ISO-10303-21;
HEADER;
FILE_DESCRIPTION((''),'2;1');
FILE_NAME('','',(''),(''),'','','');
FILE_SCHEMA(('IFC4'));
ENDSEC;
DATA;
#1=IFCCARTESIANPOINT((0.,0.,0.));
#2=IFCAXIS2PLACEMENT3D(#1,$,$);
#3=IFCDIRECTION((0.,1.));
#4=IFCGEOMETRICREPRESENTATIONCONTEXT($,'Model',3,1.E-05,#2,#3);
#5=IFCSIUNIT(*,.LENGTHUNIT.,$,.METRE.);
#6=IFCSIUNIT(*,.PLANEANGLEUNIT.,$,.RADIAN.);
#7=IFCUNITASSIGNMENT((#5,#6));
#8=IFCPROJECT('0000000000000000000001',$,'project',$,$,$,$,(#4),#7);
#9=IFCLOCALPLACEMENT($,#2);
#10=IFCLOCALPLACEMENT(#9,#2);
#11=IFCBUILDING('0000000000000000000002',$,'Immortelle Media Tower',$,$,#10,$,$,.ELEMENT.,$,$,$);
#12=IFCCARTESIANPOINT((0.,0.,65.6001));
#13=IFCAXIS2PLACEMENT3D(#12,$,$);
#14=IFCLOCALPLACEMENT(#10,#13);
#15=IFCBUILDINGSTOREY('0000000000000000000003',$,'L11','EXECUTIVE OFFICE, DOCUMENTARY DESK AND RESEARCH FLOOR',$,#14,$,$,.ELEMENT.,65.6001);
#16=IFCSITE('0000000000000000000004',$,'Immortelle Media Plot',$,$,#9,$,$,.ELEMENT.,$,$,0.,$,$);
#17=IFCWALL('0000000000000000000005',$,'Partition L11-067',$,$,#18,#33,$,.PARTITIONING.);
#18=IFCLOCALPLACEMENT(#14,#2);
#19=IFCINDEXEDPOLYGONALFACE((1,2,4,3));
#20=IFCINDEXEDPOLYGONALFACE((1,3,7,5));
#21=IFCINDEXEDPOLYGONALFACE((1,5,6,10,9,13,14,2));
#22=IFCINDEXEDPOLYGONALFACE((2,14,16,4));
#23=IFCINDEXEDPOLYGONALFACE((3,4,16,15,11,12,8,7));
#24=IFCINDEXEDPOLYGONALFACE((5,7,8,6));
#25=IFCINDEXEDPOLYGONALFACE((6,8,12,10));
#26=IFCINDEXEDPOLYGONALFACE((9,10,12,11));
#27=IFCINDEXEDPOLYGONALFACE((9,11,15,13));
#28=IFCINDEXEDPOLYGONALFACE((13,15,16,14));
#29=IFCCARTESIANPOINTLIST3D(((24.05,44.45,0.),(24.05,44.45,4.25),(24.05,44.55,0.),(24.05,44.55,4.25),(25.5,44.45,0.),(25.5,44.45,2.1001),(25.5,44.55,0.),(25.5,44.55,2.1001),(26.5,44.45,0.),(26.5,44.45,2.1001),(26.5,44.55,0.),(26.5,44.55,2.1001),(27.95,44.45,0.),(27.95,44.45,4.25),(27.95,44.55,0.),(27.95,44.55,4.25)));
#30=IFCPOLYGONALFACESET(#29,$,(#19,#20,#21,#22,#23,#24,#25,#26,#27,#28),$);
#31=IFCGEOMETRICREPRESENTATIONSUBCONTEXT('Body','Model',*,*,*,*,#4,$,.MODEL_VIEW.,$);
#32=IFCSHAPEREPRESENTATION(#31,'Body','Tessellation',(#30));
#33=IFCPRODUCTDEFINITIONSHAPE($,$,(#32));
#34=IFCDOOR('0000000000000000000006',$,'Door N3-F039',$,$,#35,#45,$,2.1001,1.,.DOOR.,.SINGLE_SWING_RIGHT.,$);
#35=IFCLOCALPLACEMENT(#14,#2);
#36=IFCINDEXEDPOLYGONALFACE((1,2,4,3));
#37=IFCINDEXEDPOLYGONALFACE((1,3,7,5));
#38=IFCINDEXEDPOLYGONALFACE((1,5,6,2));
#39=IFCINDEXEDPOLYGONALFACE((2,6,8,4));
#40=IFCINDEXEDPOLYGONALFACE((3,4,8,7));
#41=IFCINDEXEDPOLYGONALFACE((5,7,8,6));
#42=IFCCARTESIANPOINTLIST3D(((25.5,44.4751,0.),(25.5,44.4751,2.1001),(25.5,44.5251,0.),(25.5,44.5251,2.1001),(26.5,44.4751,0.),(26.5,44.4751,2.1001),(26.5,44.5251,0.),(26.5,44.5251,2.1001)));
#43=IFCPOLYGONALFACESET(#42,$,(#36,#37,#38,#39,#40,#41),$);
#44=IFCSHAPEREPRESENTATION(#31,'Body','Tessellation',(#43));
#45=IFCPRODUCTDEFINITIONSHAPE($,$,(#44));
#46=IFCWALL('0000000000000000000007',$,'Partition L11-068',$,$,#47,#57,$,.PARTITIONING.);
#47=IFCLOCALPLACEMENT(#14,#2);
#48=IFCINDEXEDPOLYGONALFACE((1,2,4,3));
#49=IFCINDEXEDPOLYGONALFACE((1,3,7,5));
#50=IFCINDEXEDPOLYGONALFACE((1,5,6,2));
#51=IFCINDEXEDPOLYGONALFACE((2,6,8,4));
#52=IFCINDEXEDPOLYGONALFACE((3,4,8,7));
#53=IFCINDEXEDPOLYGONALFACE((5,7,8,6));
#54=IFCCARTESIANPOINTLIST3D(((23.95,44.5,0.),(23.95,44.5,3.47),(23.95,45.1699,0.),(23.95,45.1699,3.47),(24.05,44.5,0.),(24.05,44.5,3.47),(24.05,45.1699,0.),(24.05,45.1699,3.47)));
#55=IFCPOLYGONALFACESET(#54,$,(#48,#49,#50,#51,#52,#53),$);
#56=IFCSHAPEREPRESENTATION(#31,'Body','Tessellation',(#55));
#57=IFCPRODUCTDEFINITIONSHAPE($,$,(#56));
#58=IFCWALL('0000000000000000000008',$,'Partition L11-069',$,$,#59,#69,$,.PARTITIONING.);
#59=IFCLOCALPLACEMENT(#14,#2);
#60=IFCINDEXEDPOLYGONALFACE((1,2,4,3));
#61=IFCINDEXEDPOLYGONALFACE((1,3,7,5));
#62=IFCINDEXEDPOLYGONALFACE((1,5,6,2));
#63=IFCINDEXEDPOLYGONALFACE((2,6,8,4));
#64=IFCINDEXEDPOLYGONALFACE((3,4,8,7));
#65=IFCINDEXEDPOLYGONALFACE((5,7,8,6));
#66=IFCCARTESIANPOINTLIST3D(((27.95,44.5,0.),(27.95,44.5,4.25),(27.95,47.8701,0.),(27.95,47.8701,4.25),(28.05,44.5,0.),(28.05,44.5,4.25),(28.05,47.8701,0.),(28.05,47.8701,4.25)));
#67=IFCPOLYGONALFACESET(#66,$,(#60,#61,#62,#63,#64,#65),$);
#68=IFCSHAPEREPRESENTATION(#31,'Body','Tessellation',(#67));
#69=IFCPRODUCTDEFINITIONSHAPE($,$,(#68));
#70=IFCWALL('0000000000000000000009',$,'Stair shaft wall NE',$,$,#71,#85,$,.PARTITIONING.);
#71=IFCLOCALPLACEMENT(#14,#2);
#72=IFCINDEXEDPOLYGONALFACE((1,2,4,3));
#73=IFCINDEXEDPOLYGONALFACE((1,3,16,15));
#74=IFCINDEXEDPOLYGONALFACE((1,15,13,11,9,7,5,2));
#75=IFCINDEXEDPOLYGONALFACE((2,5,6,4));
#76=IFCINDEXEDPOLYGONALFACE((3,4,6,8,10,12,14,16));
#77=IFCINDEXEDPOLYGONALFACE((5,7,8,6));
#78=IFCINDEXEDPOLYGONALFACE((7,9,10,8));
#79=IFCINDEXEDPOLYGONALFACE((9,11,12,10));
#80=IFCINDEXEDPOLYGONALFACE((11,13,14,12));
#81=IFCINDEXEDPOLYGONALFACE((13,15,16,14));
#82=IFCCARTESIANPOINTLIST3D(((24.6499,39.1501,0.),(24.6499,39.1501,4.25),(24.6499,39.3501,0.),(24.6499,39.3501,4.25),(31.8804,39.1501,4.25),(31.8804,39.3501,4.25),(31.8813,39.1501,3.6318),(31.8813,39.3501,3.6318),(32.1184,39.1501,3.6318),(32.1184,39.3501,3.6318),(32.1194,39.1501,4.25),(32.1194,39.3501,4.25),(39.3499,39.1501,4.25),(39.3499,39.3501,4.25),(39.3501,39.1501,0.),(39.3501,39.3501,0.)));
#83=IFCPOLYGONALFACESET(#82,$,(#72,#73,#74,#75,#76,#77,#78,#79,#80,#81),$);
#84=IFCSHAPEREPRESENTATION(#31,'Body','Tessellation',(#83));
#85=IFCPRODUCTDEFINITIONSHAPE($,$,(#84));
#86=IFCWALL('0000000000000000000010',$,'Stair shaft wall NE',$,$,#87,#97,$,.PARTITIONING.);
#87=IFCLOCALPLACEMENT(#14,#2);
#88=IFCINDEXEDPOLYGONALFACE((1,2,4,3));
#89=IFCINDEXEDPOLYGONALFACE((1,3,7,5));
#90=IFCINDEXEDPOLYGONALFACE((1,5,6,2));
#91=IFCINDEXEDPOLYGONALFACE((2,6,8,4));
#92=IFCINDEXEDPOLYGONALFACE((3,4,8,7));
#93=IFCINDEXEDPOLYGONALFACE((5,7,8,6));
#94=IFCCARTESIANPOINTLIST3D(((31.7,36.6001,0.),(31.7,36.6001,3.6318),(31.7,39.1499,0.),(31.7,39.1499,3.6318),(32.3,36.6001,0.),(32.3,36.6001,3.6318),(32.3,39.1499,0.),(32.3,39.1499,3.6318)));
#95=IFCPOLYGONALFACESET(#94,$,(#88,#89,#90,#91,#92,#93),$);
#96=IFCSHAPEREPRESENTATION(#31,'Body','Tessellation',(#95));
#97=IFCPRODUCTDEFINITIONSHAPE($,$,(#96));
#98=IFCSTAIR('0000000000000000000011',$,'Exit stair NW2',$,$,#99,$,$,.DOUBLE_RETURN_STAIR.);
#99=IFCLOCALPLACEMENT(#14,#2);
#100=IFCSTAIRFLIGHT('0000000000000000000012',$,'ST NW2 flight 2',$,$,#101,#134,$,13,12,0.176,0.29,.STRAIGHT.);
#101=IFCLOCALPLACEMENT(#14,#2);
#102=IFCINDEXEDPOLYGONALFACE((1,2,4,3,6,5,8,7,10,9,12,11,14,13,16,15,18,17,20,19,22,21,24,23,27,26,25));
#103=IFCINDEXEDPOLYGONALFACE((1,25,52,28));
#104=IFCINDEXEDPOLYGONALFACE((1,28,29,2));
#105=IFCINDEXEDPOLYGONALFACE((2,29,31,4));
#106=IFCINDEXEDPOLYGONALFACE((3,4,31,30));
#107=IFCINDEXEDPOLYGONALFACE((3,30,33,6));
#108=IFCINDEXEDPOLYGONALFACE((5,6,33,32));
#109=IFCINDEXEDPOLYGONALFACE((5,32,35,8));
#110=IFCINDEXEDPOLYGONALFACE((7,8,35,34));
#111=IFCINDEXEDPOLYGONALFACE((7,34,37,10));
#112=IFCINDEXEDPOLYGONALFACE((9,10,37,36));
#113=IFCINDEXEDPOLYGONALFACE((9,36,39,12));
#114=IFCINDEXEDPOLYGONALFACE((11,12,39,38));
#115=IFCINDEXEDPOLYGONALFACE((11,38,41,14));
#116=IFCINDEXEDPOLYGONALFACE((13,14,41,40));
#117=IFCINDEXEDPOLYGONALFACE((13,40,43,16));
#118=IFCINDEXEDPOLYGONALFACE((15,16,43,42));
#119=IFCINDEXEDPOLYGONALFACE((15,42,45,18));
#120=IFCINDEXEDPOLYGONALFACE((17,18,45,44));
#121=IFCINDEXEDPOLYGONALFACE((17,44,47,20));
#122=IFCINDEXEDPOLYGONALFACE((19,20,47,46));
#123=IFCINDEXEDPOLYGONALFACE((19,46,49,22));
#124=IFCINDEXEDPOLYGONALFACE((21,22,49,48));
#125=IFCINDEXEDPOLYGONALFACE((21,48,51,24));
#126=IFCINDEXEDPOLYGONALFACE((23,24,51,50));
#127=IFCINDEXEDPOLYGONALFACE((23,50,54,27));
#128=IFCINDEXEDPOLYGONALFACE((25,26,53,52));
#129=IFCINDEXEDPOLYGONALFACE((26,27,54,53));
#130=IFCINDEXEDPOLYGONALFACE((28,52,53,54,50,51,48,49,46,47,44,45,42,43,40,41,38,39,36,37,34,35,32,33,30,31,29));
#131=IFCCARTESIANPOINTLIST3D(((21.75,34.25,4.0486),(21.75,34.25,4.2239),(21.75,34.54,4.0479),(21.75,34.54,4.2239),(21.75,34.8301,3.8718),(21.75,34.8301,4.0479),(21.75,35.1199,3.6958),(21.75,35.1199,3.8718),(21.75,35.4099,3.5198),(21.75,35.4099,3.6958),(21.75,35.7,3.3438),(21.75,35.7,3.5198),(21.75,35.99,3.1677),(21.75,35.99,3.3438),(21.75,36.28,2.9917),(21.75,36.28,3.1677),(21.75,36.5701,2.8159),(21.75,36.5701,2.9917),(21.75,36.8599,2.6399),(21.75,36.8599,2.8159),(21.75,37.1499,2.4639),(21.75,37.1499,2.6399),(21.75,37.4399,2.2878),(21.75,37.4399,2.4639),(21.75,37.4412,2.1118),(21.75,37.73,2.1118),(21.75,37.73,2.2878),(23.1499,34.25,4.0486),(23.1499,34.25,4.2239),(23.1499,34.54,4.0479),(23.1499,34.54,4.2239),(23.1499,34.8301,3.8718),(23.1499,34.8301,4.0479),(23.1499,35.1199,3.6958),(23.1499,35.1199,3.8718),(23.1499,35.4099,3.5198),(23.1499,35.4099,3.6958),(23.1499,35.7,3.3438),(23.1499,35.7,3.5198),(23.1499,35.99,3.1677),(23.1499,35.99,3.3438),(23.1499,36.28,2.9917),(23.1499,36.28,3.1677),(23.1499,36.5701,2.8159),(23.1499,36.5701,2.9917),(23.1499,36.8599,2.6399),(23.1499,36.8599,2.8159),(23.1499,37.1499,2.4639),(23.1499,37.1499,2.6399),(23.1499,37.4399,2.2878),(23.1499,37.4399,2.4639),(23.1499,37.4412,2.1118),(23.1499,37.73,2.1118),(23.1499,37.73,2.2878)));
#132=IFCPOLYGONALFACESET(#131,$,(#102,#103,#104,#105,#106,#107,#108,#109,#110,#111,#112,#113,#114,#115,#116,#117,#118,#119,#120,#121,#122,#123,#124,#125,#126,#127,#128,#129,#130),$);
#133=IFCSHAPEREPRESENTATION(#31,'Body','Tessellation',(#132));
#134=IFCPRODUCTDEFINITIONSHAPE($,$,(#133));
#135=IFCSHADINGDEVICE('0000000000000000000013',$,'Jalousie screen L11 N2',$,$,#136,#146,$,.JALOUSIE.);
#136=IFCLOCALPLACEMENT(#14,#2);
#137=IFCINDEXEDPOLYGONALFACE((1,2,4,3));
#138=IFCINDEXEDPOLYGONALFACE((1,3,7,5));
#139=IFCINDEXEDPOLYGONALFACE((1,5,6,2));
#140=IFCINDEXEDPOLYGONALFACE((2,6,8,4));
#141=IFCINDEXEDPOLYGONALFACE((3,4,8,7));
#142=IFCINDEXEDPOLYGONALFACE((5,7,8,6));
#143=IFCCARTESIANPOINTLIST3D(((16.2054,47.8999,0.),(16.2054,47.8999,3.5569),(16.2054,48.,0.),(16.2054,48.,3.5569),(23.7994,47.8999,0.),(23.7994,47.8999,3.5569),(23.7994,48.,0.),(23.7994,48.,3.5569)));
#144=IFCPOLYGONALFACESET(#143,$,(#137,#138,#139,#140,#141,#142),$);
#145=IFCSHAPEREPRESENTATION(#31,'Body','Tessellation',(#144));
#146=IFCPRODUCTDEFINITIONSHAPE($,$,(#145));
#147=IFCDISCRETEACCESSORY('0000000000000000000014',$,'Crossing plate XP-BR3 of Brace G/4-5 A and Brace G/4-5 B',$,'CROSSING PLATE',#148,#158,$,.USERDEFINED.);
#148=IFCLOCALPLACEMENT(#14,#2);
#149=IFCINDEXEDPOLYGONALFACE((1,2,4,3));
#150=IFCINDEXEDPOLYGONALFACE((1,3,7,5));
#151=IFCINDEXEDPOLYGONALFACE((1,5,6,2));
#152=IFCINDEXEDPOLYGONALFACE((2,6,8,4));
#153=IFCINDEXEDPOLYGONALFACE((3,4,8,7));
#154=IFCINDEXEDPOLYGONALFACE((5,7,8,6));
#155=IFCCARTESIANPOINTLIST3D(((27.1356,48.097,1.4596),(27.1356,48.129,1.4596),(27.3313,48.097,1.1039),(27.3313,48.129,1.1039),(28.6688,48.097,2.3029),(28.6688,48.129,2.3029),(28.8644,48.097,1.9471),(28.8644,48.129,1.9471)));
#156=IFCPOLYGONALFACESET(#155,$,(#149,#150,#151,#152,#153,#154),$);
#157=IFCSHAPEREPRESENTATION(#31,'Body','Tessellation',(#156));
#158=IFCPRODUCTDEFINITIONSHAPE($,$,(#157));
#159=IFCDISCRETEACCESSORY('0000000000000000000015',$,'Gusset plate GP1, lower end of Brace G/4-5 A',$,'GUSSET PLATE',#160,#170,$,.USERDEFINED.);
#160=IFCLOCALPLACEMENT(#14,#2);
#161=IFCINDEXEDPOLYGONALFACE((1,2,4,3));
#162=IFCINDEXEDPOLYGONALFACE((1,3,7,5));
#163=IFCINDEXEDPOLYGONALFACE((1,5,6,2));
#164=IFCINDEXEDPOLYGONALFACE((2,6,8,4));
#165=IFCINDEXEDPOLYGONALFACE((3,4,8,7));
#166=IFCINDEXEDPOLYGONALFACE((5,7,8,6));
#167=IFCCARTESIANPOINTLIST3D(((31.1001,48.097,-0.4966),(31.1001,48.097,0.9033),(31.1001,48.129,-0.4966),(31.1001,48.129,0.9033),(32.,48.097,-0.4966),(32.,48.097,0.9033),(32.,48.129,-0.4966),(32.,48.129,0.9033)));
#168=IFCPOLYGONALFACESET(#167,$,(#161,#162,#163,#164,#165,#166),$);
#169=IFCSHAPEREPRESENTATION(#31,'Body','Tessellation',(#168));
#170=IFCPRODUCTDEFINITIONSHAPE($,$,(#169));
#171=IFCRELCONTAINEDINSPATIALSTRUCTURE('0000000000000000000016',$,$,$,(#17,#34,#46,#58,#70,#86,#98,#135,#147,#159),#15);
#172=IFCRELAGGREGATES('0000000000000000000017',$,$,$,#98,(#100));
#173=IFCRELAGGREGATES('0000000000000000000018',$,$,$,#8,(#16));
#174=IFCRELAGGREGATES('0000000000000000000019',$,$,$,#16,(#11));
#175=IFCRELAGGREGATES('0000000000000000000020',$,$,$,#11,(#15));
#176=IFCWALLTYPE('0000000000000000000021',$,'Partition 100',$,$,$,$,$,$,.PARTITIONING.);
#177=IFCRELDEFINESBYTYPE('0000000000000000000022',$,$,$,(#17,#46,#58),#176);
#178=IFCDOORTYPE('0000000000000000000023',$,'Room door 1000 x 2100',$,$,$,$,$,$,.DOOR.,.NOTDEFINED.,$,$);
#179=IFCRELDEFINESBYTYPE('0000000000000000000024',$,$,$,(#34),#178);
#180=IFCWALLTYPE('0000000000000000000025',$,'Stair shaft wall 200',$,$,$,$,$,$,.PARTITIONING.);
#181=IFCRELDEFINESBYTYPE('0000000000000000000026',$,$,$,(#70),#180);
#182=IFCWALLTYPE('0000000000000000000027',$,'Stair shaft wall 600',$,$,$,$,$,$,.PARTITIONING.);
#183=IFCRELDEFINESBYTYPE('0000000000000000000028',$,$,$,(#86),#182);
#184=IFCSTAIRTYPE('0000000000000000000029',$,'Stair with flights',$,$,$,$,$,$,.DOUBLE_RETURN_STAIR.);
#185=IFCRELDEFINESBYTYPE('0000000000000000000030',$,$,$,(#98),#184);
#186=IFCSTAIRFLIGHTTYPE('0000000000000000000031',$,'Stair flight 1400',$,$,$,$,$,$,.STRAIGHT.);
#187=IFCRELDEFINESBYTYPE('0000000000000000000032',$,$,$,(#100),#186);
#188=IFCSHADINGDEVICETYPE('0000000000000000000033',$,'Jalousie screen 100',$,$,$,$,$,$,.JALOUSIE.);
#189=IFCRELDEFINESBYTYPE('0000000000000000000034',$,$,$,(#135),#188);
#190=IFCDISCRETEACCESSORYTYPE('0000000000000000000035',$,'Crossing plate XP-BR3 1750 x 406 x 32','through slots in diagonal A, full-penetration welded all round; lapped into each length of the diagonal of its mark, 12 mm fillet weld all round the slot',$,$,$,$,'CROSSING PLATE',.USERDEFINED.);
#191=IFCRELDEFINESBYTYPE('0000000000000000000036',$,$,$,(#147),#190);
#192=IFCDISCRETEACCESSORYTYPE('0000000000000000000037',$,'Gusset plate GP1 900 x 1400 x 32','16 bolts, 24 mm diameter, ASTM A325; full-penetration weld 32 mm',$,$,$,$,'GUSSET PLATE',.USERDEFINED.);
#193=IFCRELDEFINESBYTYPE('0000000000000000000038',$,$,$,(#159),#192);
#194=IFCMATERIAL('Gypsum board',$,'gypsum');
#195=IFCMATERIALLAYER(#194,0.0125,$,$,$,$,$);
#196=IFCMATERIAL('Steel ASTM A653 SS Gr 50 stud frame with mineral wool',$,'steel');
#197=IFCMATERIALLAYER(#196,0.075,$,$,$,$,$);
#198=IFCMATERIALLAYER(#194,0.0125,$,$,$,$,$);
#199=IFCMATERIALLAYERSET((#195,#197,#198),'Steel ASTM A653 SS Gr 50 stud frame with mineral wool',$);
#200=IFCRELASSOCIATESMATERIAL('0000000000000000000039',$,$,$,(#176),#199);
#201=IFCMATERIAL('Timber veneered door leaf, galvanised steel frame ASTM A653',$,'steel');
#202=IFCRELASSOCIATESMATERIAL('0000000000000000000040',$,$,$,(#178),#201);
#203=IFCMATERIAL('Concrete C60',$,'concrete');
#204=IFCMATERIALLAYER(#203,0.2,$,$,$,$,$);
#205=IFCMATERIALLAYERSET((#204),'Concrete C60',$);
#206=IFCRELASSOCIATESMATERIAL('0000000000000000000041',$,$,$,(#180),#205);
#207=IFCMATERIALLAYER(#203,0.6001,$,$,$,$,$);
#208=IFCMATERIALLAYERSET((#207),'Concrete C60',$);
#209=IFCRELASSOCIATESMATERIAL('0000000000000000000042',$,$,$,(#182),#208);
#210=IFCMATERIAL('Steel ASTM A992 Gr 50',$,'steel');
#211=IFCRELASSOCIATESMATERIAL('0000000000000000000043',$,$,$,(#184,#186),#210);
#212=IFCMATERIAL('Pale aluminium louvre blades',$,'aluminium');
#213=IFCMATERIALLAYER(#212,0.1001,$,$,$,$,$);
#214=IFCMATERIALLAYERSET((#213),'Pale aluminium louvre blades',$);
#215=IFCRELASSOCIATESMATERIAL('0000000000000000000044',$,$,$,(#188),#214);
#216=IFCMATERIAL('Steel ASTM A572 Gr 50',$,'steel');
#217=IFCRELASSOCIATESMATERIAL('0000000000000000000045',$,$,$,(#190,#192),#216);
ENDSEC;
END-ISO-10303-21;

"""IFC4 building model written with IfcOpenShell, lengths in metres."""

from ifc_helpers import new_model, si_unit, direction, frame, frame_2d, origin, origin_2d, place, context, subcontext, project, spatial, polyline, rectangle, outline, extrude, material, layer, layer_set, material_profile, profile_set, type_object, element, fill, aggregate, save


model = new_model("IFC4")

# Units and contexts
model_context = context("Model", 3, precision=1e-05, world=origin(), true_north=direction((0.0, 1.0)))
body_context = subcontext(model_context, "Body", "Model", "MODEL_VIEW")
ifc_project = project(units=[si_unit("LENGTHUNIT", "METRE"), si_unit("PLANEANGLEUNIT", "RADIAN")], contexts=[model_context])

# Site, building, storey
site_placement = place(None, origin())
site = spatial("IfcSite", under=ifc_project, at=site_placement, Name="Immortelle Media Plot", CompositionType="ELEMENT", RefElevation=0.0)
building_placement = place(site_placement, origin())
building = spatial("IfcBuilding", under=site, at=building_placement, Name="Immortelle Media Tower", CompositionType="ELEMENT")
storey_placement = place(building_placement, frame((0.0, 0.0, 65.6001)))
storey = spatial("IfcBuildingStorey", under=building, at=storey_placement, Name="L11", Description="EXECUTIVE OFFICE, DOCUMENTARY DESK AND RESEARCH FLOOR", CompositionType="ELEMENT", Elevation=65.6001)

# Shared definitions
ifc_material_1 = material(Name="Steel ASTM A992 Gr 50", Category="steel")

# Shared definitions
ifc_material_2 = material(Name="Steel ASTM A653 SS Gr 50 stud frame with mineral wool", Category="steel")

# Shared definitions
ifc_material_3 = material(Name="Gypsum board", Category="gypsum")
ifc_layer_1 = layer(ifc_material_3, 0.0125)
ifc_layer_2 = layer(ifc_material_2, 0.075)
ifc_layer_3 = layer(ifc_material_3, 0.0125)
ifc_layer_set_1 = layer_set([ifc_layer_1, ifc_layer_2, ifc_layer_3], Name="Steel ASTM A653 SS Gr 50 stud frame with mineral wool")
wall_type_1 = type_object("IfcWallType", Name="Partition 100", PredefinedType="PARTITIONING", material=ifc_layer_set_1)

# Wall, opening, door
wall_1_placement = place(storey_placement, frame((24.05, 44.5, 0.0), z_axis=(0.0, 0.0, 1.0), x_axis=(1.0, 0.0, 0.0)))
wall_1 = element("IfcWall", 1, at=wall_1_placement, inside=storey, type_object=wall_type_1, Name="Partition L11-067", PredefinedType="PARTITIONING", context=body_context, shape_type="SweptSolid", body=[
    extrude(rectangle(XDim=3.8999, YDim=0.1001, at=frame_2d((1.95, 0.0))), origin(), (0.0, 0.0, 1.0), 4.25),
])
opening_1_placement = place(wall_1_placement, frame((2.45, 0.0, 0.0), z_axis=(0.0, 0.0, 1.0), x_axis=(-1.0, 0.0, 0.0)))
opening_1 = element("IfcOpeningElement", 2, at=opening_1_placement, cuts=wall_1, PredefinedType="OPENING", context=body_context, shape_type="SweptSolid", body=[
    extrude(rectangle(XDim=1.0, YDim=2.1001, at=frame_2d((0.5, 1.05))), frame((0.0, 0.0601, 0.0), z_axis=(0.0, -1.0, 0.0), x_axis=(1.0, 0.0, 0.0)), (0.0, 0.0, 1.0), 0.1201),
])
ifc_material_4 = material(Name="Timber veneered door leaf, galvanised steel frame ASTM A653", Category="steel")
door_type_1 = type_object("IfcDoorType", Name="Room door 1000 x 2100", OperationType="NOTDEFINED", PredefinedType="DOOR", material=ifc_material_4)
door_1_placement = place(opening_1_placement, origin())
door_1 = element("IfcDoor", 3, at=door_1_placement, inside=storey, type_object=door_type_1, Name="Door N3-F039", OperationType="SINGLE_SWING_RIGHT", OverallHeight=2.1001, OverallWidth=1.0, PredefinedType="DOOR", context=body_context, shape_type="SweptSolid", body=[
    extrude(rectangle(XDim=1.0, YDim=2.1001, at=frame_2d((0.5, 1.05))), frame((0.0, 0.0249, 0.0), z_axis=(0.0, -1.0, 0.0), x_axis=(1.0, 0.0, 0.0)), (0.0, 0.0, 1.0), 0.05),
])
fill(opening_1, door_1)

# Walls
wall_2_placement = place(storey_placement, frame((24.0, 44.5, 0.0), z_axis=(0.0, 0.0, 1.0), x_axis=(0.0, 1.0, 0.0)))
element("IfcWall", 4, at=wall_2_placement, inside=storey, type_object=wall_type_1, Name="Partition L11-068", PredefinedType="PARTITIONING", context=body_context, shape_type="SweptSolid", body=[
    extrude(rectangle(XDim=0.6699, YDim=0.1001, at=frame_2d((0.335, 0.0))), origin(), (0.0, 0.0, 1.0), 3.47),
])
wall_3_placement = place(storey_placement, frame((28.0, 44.5, 0.0), z_axis=(0.0, 0.0, 1.0), x_axis=(0.0, 1.0, 0.0)))
element("IfcWall", 5, at=wall_3_placement, inside=storey, type_object=wall_type_1, Name="Partition L11-069", PredefinedType="PARTITIONING", context=body_context, shape_type="SweptSolid", body=[
    extrude(rectangle(XDim=3.3701, YDim=0.1001, at=frame_2d((1.6851, 0.0))), origin(), (0.0, 0.0, 1.0), 4.25),
])
ifc_material_5 = material(Name="Concrete C60", Category="concrete")
ifc_layer_4 = layer(ifc_material_5, 0.2)
ifc_layer_set_2 = layer_set([ifc_layer_4], Name="Concrete C60")
wall_type_2 = type_object("IfcWallType", Name="Stair shaft wall 200", PredefinedType="PARTITIONING", material=ifc_layer_set_2)
wall_4_placement = place(storey_placement, frame((24.6499, 39.25, 0.0), z_axis=(0.0, 0.0, 1.0), x_axis=(1.0, 0.0, 0.0)))
element("IfcWall", 6, at=wall_4_placement, inside=storey, type_object=wall_type_2, Name="Stair shaft wall NE", PredefinedType="PARTITIONING", context=body_context, shape_type="SweptSolid", body=[
    extrude(outline(polyline([(0.0, 0.0), (14.7002, 0.0), (14.7, 4.25), (7.4695, 4.25), (7.4685, 3.6318), (7.2314, 3.6318), (7.2305, 4.25), (0.0, 4.25), (0.0, 0.0)])), frame((0.0, 0.1001, 0.0), z_axis=(0.0, -1.0, 0.0), x_axis=(1.0, 0.0, 0.0)), (0.0, 0.0, 1.0), 0.2),
])
ifc_layer_5 = layer(ifc_material_5, 0.6001)
ifc_layer_set_3 = layer_set([ifc_layer_5], Name="Concrete C60")
wall_type_3 = type_object("IfcWallType", Name="Stair shaft wall 600", PredefinedType="PARTITIONING", material=ifc_layer_set_3)
wall_5_placement = place(storey_placement, frame((32.0, 36.6001, 0.0), z_axis=(0.0, 0.0, 1.0), x_axis=(0.0, 1.0, 0.0)))
element("IfcWall", 7, at=wall_5_placement, inside=storey, type_object=wall_type_3, Name="Stair shaft wall NE", PredefinedType="PARTITIONING", context=body_context, shape_type="SweptSolid", body=[
    extrude(rectangle(XDim=2.5498, YDim=0.6001, at=frame_2d((1.2749, 0.0))), origin(), (0.0, 0.0, 1.0), 3.6318),
])

# Stair, stair flight
stair_type = type_object("IfcStairType", Name="Stair with flights", PredefinedType="DOUBLE_RETURN_STAIR", material=ifc_material_1)
stair_placement = place(storey_placement, origin())
stair = element("IfcStair", 8, at=stair_placement, inside=storey, type_object=stair_type, Name="Exit stair NW2", PredefinedType="DOUBLE_RETURN_STAIR")
stair_flight_type = type_object("IfcStairFlightType", Name="Stair flight 1400", PredefinedType="STRAIGHT", material=ifc_material_1)
stair_flight_placement = place(storey_placement, frame((22.45, 37.73, 2.1118), z_axis=(0.0, 0.0, 1.0), x_axis=(0.0, -1.0, 0.0)))
stair_flight = element("IfcStairFlight", 9, at=stair_flight_placement, type_object=stair_flight_type, Name="ST NW2 flight 2", NumberOfRisers=13, NumberOfTreads=12, PredefinedType="STRAIGHT", RiserHeight=0.176, TreadLength=0.29, context=body_context, shape_type="SweptSolid", body=[
    extrude(outline(polyline([(0.0, 0.0), (0.0, 0.176), (0.29, 0.176), (0.29, 0.3521), (0.5801, 0.3521), (0.5801, 0.5281), (0.8701, 0.5281), (0.8701, 0.7041), (1.1599, 0.7041), (1.1599, 0.8799), (1.45, 0.8799), (1.45, 1.0559), (1.74, 1.0559), (1.74, 1.2319), (2.03, 1.2319), (2.03, 1.408), (2.3201, 1.408), (2.3201, 1.584), (2.6101, 1.584), (2.6101, 1.76), (2.8999, 1.76), (2.8999, 1.936), (3.1899, 1.936), (3.1899, 2.1121), (3.48, 2.1121), (3.48, 2.2881), (3.48, 1.9368), (0.2888, 0.0), (0.0, 0.0)])), frame((0.0, 0.7, 0.0), z_axis=(0.0, -1.0, 0.0), x_axis=(1.0, 0.0, 0.0)), (0.0, 0.0, 1.0), 1.3999),
])
aggregate(stair, [stair_flight])

# Shading device
ifc_material_6 = material(Name="Pale aluminium louvre blades", Category="aluminium")
ifc_layer_6 = layer(ifc_material_6, 0.1001)
ifc_layer_set_4 = layer_set([ifc_layer_6], Name="Pale aluminium louvre blades")
shading_device_type = type_object("IfcShadingDeviceType", Name="Jalousie screen 100", PredefinedType="JALOUSIE", material=ifc_layer_set_4)
shading_device_placement = place(storey_placement, frame((20.0024, 47.95, 0.0), z_axis=(0.0, 0.0, 1.0), x_axis=(-1.0, 0.0, 0.0)))
element("IfcShadingDevice", 10, at=shading_device_placement, inside=storey, type_object=shading_device_type, Name="Jalousie screen L11 N2", PredefinedType="JALOUSIE", context=body_context, shape_type="SweptSolid", body=[
    extrude(rectangle(XDim=7.594, YDim=0.1001, at=origin_2d()), origin(), (0.0, 0.0, 1.0), 3.5569),
])

# Discrete accessories
ifc_material_7 = material(Name="Steel ASTM A572 Gr 50", Category="steel")
ifc_material_profile_1 = material_profile(ifc_material_7, rectangle(XDim=0.032, YDim=0.406, at=origin_2d()), Name="PL 32 x 406")
ifc_profile_set_1 = profile_set([ifc_material_profile_1], Name="Steel ASTM A572 Gr 50")
discrete_accessory_type_1 = type_object("IfcDiscreteAccessoryType", Name="Crossing plate XP-BR3 1750 x 406 x 32", Description="through slots in diagonal A, full-penetration welded all round; lapped into each length of the diagonal of its mark, 12 mm fillet weld all round the slot", ElementType="CROSSING PLATE", PredefinedType="USERDEFINED", material=ifc_profile_set_1)
discrete_accessory_placement = place(storey_placement, frame((28.7666, 48.113, 2.125), z_axis=(-0.876216, 0.0, -0.481919), x_axis=(0.0, -1.0, 0.0)))
element("IfcDiscreteAccessory", 11, at=discrete_accessory_placement, inside=storey, type_object=discrete_accessory_type_1, Name="Crossing plate XP-BR3 of Brace G/4-5 A and Brace G/4-5 B", ObjectType="CROSSING PLATE", PredefinedType="USERDEFINED", context=body_context, shape_type="SweptSolid", body=[
    extrude(rectangle(XDim=0.032, YDim=0.406, at=origin_2d()), origin(), (0.0, 0.0, 1.0), 1.7498),
])
ifc_material_profile_2 = material_profile(ifc_material_7, rectangle(XDim=0.032, YDim=1.3999, at=origin_2d()), Name="PL 32 x 1400")
ifc_profile_set_2 = profile_set([ifc_material_profile_2], Name="Steel ASTM A572 Gr 50")
discrete_accessory_type_2 = type_object("IfcDiscreteAccessoryType", Name="Gusset plate GP1 900 x 1400 x 32", Description="16 bolts, 24 mm diameter, ASTM A325; full-penetration weld 32 mm", ElementType="GUSSET PLATE", PredefinedType="USERDEFINED", material=ifc_profile_set_2)
for number, where, z_axis, x_axis, name in (
    (12, (32.0, 48.113, 0.2034), (-1.0, 0.0, 0.0), (0.0, -1.0, 0.0), "Gusset plate GP1, lower end of Brace G/4-5 A"),
):
    element("IfcDiscreteAccessory", number, at=place(storey_placement, frame(where, z_axis=z_axis, x_axis=x_axis)), inside=storey, type_object=discrete_accessory_type_2, Name=name, ObjectType="GUSSET PLATE", PredefinedType="USERDEFINED", context=body_context, shape_type="SweptSolid", body=[
        extrude(rectangle(XDim=0.032, YDim=1.3999, at=origin_2d()), origin(), (0.0, 0.0, 1.0), 0.8999),
    ])

save(model, "model.ifc")
